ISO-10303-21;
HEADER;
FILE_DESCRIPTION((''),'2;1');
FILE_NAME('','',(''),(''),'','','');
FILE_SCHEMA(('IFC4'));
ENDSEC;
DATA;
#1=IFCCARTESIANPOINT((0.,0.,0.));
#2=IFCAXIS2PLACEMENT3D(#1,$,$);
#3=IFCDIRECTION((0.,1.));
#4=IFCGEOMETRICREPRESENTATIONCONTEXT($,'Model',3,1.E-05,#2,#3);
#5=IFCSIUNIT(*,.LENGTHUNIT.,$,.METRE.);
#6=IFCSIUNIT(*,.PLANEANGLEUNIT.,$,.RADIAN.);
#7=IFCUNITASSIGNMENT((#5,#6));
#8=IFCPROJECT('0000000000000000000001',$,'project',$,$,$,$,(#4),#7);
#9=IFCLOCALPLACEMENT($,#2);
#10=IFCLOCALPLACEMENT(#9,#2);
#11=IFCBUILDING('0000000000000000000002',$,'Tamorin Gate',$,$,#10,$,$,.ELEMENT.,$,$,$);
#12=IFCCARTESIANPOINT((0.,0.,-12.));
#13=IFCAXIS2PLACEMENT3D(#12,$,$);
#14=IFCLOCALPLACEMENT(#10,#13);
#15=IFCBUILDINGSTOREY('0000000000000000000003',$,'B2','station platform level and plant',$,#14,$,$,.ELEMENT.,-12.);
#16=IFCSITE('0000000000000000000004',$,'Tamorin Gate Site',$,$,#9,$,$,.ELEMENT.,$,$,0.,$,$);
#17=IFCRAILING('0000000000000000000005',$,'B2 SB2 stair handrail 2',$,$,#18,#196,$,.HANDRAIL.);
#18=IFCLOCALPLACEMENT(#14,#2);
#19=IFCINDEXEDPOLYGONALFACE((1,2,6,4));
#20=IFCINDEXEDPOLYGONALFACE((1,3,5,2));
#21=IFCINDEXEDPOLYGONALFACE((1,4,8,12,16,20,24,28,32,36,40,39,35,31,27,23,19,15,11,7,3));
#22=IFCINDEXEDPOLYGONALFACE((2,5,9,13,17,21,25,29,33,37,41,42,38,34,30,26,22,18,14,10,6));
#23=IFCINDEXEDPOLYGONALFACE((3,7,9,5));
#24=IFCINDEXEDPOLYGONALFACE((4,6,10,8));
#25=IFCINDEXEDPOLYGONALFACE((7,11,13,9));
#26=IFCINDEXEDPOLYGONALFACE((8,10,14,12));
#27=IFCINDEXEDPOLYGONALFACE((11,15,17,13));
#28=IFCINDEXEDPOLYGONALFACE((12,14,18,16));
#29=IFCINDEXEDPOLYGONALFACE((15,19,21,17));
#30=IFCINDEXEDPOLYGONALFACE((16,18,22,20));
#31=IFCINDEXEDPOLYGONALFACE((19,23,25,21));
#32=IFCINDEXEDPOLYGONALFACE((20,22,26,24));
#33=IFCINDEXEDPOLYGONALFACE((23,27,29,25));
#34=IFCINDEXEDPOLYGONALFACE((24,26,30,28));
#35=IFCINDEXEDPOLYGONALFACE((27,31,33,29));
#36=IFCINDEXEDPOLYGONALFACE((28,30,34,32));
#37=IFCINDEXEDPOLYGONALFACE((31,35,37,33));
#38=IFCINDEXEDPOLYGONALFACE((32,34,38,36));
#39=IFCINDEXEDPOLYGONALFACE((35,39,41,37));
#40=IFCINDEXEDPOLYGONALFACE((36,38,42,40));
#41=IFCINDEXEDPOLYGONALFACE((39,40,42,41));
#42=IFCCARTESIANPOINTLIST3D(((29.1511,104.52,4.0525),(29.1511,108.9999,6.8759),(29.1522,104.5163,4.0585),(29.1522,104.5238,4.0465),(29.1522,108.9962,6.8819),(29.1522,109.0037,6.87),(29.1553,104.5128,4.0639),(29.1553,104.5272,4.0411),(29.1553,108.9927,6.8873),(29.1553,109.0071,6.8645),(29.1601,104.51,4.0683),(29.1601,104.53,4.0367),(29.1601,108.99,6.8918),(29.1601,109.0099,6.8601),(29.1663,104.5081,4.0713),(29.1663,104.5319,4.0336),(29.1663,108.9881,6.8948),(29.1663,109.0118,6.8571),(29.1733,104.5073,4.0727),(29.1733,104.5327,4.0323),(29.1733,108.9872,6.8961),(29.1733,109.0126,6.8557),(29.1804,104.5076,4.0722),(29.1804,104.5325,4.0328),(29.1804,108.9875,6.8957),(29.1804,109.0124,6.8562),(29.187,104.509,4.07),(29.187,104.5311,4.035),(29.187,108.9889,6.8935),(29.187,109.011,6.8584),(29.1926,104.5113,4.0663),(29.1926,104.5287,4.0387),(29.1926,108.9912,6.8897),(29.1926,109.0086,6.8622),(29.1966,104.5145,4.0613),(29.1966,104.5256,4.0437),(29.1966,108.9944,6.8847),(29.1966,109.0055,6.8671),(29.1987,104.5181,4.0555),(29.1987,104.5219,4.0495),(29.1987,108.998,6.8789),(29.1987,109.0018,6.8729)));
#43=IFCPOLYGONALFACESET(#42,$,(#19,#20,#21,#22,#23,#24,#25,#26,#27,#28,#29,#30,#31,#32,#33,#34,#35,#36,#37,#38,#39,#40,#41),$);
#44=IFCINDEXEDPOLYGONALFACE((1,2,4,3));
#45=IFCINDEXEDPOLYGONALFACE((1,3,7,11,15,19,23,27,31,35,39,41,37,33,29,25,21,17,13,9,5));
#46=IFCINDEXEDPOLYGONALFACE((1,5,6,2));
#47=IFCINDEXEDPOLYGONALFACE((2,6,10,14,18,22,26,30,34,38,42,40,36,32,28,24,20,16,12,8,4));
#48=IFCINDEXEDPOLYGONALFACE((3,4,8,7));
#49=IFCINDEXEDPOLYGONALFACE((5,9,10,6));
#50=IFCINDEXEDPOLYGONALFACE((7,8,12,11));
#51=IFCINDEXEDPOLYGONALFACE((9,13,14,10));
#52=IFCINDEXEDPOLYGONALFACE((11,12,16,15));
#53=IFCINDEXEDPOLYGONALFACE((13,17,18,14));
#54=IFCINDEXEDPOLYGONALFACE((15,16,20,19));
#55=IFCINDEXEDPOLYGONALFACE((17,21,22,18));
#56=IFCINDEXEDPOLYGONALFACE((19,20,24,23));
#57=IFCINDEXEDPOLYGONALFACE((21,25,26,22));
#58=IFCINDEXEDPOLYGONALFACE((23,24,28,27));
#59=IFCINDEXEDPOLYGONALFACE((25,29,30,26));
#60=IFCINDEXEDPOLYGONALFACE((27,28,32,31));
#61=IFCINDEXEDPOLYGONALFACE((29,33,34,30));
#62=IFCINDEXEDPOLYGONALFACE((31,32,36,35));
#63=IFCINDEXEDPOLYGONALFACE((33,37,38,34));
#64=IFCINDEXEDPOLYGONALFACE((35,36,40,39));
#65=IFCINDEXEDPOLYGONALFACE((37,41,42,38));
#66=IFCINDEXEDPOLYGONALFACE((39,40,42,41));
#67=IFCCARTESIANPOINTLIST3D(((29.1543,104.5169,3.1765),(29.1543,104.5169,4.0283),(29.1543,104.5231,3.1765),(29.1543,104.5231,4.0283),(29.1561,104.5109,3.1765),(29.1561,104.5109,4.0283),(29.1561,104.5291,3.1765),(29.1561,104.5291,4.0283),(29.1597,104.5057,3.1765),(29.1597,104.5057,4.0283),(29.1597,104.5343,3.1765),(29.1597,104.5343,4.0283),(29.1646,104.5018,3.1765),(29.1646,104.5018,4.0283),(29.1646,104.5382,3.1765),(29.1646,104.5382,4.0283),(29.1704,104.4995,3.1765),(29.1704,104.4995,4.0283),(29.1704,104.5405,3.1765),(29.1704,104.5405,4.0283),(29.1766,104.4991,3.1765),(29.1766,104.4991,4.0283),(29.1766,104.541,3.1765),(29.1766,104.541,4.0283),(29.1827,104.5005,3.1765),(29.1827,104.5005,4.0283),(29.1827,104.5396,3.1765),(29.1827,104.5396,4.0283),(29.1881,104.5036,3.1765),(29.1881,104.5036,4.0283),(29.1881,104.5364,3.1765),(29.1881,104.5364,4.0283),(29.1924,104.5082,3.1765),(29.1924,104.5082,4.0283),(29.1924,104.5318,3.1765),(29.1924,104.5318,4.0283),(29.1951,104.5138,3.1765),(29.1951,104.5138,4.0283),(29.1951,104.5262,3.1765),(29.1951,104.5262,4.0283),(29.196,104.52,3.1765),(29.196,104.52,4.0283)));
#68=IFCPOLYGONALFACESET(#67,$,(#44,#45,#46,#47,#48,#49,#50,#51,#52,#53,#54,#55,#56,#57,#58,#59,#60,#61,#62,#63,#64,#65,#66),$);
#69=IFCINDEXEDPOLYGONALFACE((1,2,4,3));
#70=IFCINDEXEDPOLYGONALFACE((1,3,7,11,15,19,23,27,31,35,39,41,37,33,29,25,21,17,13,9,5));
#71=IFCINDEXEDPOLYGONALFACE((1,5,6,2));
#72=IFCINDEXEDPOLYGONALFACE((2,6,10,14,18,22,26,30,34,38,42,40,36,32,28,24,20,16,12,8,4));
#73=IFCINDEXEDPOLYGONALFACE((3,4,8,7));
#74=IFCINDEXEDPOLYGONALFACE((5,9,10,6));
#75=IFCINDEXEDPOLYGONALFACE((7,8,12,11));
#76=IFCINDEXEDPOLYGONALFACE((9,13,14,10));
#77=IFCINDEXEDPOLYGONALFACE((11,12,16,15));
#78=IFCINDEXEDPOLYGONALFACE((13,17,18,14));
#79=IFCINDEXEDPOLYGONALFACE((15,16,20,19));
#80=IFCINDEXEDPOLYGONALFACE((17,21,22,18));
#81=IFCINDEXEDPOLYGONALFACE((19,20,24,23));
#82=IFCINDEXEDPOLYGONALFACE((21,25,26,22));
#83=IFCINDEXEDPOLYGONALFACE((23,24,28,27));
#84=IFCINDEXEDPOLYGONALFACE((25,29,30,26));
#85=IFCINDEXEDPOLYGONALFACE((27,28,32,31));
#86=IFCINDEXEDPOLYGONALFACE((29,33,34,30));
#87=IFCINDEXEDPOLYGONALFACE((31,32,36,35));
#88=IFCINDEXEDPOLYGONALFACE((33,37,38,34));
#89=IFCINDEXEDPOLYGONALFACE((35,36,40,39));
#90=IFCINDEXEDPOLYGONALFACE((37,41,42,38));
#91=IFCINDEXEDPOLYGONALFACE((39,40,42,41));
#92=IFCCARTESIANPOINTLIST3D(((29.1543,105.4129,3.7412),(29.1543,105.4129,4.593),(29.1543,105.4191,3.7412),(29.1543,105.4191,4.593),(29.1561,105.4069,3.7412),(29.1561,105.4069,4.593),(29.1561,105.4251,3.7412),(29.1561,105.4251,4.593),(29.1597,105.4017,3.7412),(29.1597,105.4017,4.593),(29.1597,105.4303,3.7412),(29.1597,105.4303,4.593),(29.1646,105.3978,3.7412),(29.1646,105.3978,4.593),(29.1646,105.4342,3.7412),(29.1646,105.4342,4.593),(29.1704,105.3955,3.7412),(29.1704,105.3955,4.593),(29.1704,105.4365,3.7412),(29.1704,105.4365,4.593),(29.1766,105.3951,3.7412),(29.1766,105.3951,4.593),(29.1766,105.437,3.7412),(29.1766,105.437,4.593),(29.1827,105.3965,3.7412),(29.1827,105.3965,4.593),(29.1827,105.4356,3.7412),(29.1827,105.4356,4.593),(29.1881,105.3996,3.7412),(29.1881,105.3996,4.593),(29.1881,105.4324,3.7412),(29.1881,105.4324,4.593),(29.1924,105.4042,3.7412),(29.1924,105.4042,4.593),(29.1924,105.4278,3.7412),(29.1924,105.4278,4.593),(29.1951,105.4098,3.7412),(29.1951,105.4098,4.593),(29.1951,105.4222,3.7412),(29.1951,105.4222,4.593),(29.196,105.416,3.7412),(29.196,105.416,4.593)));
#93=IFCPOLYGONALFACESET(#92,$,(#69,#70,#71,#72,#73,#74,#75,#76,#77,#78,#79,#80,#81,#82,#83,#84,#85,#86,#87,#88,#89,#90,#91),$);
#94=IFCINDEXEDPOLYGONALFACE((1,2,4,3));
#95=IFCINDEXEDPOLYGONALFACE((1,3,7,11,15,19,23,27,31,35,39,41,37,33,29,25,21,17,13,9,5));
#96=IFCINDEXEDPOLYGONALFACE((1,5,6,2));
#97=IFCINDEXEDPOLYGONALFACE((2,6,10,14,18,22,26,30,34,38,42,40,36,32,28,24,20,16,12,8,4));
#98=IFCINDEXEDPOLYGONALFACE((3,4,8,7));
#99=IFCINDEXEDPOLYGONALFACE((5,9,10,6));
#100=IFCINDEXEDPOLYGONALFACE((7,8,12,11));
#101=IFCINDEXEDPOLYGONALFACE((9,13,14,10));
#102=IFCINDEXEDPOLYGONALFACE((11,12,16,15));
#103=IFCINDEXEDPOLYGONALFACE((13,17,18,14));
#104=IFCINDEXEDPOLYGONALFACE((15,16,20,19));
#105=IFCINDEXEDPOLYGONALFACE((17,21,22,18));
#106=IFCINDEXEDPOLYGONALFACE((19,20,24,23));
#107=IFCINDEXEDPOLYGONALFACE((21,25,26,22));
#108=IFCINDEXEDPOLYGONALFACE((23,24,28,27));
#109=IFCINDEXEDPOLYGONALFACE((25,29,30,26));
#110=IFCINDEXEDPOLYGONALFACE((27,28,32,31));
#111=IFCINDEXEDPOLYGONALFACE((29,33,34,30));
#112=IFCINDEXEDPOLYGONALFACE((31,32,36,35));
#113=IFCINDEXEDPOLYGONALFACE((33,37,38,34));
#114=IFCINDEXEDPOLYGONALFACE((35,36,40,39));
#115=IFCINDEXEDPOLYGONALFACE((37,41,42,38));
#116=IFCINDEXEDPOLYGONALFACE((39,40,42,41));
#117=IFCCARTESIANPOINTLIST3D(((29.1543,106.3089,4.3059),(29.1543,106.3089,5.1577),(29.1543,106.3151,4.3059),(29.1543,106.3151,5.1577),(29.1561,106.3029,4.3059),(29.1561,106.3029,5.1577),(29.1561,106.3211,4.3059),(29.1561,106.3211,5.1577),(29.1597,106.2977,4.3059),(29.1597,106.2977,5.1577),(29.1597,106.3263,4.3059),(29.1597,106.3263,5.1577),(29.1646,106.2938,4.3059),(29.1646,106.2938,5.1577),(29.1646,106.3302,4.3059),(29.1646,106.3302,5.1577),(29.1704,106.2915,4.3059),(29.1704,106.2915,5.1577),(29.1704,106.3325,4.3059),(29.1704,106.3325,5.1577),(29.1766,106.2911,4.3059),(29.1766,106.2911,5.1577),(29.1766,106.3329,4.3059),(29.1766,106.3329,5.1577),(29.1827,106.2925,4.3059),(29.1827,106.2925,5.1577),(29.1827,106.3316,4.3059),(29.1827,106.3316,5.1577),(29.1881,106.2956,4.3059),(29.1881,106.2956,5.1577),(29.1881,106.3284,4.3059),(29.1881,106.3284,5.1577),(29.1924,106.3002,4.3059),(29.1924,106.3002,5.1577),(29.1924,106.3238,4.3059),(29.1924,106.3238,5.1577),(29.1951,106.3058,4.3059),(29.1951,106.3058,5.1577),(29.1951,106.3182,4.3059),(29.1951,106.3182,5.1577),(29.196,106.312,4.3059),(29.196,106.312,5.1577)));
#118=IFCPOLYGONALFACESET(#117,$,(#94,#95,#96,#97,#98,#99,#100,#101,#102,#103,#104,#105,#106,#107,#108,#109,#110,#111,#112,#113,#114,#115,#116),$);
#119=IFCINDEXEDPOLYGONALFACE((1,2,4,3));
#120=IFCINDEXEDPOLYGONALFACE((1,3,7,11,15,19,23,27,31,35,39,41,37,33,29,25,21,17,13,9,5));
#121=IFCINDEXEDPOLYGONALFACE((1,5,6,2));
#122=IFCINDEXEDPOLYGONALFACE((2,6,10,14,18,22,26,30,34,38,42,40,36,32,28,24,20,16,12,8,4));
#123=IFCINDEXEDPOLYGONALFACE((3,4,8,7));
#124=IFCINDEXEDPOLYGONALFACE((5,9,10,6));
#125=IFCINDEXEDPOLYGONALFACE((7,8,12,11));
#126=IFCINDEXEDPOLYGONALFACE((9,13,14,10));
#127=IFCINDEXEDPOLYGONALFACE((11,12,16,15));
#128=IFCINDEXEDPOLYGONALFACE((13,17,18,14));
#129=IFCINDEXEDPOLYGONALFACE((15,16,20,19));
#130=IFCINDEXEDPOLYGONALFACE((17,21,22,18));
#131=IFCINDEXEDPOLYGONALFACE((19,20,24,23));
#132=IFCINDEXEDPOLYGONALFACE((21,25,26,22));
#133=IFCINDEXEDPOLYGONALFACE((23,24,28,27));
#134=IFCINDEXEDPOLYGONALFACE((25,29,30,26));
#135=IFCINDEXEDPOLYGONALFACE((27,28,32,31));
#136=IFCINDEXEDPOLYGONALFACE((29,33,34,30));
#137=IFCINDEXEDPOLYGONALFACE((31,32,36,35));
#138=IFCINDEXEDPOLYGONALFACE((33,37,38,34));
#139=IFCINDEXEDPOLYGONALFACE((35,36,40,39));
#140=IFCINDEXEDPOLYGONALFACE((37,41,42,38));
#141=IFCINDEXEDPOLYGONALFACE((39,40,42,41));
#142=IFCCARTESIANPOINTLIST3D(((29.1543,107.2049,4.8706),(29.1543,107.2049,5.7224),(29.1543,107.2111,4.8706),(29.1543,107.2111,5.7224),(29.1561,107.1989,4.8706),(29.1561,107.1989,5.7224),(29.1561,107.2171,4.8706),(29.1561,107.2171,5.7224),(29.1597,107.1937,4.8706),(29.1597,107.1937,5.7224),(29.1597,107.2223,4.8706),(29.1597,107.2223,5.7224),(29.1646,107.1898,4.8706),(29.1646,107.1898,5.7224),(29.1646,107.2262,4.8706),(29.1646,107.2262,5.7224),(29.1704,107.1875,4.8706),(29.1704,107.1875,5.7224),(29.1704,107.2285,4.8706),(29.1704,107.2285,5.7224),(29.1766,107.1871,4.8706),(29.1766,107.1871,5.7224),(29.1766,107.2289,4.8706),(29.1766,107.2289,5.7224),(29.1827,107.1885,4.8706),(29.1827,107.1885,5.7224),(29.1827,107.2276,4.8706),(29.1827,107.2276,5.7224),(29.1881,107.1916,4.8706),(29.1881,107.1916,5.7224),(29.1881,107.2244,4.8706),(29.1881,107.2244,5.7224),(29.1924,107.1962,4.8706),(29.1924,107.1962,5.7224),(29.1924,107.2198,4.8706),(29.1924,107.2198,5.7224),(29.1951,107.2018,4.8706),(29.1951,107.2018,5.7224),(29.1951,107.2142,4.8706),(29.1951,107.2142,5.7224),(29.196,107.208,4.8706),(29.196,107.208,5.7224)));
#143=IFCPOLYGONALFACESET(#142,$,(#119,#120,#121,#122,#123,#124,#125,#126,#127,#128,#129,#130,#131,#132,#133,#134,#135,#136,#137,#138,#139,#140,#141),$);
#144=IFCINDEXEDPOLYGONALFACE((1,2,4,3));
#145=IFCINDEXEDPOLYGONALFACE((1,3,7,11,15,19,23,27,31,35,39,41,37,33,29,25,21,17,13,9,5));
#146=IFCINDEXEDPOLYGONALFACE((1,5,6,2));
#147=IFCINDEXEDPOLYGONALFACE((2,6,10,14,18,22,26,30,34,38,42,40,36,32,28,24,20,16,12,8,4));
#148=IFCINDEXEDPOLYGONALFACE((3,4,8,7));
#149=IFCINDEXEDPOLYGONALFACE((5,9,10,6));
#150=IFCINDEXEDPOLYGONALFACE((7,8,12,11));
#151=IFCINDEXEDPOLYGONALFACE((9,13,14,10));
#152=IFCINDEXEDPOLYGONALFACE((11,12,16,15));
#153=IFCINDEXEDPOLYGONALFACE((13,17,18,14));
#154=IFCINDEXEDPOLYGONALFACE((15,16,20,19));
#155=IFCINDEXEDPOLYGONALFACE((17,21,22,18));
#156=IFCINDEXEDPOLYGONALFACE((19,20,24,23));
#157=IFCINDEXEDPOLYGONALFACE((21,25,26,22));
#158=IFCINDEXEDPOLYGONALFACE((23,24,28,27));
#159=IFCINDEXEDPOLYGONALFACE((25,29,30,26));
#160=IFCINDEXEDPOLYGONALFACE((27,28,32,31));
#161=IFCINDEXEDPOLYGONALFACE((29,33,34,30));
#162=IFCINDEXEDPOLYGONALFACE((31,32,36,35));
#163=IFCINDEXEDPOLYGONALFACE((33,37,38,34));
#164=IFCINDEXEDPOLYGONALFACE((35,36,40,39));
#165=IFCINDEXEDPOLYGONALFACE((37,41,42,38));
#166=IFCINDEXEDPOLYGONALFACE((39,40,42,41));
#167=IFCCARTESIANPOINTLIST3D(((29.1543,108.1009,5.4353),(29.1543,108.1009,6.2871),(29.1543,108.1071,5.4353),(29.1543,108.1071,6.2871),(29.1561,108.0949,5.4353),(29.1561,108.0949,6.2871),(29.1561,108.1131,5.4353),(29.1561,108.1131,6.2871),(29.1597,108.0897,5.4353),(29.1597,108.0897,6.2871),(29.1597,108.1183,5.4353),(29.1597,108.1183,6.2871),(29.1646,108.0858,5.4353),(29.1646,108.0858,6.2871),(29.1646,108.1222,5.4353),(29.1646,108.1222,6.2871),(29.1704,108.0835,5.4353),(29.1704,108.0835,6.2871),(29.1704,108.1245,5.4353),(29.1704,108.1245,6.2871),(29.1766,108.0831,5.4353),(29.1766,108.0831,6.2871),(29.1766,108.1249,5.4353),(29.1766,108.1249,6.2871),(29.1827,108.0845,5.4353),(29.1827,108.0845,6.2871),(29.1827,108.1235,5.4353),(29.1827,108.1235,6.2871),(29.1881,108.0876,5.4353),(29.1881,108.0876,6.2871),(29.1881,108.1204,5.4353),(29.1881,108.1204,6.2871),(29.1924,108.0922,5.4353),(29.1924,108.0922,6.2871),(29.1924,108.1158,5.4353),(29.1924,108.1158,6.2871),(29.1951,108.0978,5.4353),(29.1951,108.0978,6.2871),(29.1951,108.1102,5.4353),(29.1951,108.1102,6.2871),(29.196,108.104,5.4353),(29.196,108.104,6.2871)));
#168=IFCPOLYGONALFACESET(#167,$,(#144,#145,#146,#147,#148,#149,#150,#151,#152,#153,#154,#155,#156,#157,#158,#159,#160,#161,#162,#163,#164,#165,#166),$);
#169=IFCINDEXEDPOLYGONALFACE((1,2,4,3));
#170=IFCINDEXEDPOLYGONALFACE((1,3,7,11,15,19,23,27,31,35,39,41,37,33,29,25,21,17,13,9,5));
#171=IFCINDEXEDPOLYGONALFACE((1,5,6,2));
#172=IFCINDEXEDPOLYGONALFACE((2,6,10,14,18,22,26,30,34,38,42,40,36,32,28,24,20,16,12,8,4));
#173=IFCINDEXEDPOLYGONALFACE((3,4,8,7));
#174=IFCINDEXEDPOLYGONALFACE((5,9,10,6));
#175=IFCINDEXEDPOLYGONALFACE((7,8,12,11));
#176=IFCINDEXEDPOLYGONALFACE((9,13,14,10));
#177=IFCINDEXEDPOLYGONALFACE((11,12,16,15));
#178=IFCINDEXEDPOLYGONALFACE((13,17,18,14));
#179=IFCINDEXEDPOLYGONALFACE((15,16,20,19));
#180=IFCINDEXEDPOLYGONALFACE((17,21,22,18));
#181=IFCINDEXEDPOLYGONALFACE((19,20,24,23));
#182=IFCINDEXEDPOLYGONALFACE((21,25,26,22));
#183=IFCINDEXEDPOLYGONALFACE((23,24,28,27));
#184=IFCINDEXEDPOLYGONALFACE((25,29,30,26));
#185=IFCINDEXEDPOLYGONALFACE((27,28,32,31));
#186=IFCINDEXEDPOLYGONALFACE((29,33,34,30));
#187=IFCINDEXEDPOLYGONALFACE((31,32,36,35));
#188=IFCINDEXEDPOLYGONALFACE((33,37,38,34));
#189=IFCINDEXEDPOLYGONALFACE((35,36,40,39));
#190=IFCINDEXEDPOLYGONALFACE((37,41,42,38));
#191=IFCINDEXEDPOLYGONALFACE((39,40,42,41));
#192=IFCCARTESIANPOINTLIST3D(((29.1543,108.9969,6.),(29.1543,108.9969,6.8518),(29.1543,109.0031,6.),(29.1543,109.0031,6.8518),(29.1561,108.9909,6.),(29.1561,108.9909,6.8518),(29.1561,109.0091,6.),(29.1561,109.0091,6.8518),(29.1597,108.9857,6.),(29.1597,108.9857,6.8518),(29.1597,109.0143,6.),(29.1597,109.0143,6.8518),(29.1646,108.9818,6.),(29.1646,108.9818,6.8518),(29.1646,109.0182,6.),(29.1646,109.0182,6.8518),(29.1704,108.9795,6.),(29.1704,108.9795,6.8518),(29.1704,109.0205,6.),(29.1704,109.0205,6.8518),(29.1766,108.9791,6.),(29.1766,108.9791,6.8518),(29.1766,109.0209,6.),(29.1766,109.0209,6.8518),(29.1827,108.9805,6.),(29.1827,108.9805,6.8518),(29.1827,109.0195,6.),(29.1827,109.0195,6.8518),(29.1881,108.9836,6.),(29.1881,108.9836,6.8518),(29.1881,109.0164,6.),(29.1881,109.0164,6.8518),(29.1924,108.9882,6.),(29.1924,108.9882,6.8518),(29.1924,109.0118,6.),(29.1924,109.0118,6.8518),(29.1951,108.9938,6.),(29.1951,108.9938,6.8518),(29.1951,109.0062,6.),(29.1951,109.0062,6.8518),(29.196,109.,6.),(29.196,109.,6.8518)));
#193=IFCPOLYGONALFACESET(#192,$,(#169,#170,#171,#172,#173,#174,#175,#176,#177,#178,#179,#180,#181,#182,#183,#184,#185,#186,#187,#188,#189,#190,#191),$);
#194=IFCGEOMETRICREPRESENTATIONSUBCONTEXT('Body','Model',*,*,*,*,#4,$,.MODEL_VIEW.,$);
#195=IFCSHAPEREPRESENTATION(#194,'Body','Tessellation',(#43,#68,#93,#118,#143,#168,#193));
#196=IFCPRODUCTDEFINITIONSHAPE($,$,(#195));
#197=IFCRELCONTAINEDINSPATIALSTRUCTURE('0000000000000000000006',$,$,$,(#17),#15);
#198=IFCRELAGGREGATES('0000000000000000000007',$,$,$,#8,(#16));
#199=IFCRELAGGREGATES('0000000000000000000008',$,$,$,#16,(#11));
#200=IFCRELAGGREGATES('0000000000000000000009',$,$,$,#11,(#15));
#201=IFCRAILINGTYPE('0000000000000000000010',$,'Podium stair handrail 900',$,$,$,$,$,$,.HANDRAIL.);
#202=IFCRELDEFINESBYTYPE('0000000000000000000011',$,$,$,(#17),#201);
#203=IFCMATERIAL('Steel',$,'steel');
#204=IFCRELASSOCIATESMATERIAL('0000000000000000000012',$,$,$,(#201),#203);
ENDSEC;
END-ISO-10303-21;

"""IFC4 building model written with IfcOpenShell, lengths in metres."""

from ifc_helpers import new_model, si_unit, direction, frame, origin, origin_2d, place, context, subcontext, project, spatial, circle, extrude, material, type_object, element, save


model = new_model("IFC4")

# Units and contexts
model_context = context("Model", 3, precision=1e-05, world=origin(), true_north=direction((0.0, 1.0)))
body_context = subcontext(model_context, "Body", "Model", "MODEL_VIEW")
ifc_project = project(units=[si_unit("LENGTHUNIT", "METRE"), si_unit("PLANEANGLEUNIT", "RADIAN")], contexts=[model_context])

# Site, building, storey
site_placement = place(None, origin())
site = spatial("IfcSite", under=ifc_project, at=site_placement, Name="Tamorin Gate Site", CompositionType="ELEMENT", RefElevation=0.0)
building_placement = place(site_placement, origin())
building = spatial("IfcBuilding", under=site, at=building_placement, Name="Tamorin Gate", CompositionType="ELEMENT")
storey_placement = place(building_placement, frame((0.0, 0.0, -12.0)))
storey = spatial("IfcBuildingStorey", under=building, at=storey_placement, Name="B2", Description="station platform level and plant", CompositionType="ELEMENT", Elevation=-12.0)

# Railing
ifc_material_1 = material(Name="Steel", Category="steel")
railing_type_1 = type_object("IfcRailingType", Name="Podium stair handrail 900", PredefinedType="HANDRAIL", material=ifc_material_1)
railing_1_placement = place(storey_placement, frame((29.175, 104.52, 3.1765)))
element("IfcRailing", 1, at=railing_1_placement, inside=storey, type_object=railing_type_1, Name="B2 SB2 stair handrail 2", PredefinedType="HANDRAIL", context=body_context, shape_type="SweptSolid", body=[
    extrude(circle(Radius=0.0239, at=origin_2d()), frame((0.0, 0.0, 0.876), z_axis=(0.0, 0.845998, 0.533186), x_axis=(-1.0, 0.0, 0.0)), (0.0, 0.0, 1.0), 5.2954),
    extrude(circle(Radius=0.021, at=origin_2d()), origin(), (0.0, 0.0, 1.0), 0.8518),
    extrude(circle(Radius=0.021, at=origin_2d()), frame((0.0, 0.896, 0.5647)), (0.0, 0.0, 1.0), 0.8518),
    extrude(circle(Radius=0.021, at=origin_2d()), frame((0.0, 1.792, 1.1294)), (0.0, 0.0, 1.0), 0.8518),
    extrude(circle(Radius=0.021, at=origin_2d()), frame((0.0, 2.688, 1.6941)), (0.0, 0.0, 1.0), 0.8518),
    extrude(circle(Radius=0.021, at=origin_2d()), frame((0.0, 3.584, 2.2588)), (0.0, 0.0, 1.0), 0.8518),
    extrude(circle(Radius=0.021, at=origin_2d()), frame((0.0, 4.48, 2.8235)), (0.0, 0.0, 1.0), 0.8518),
])

save(model, "model.ifc")
